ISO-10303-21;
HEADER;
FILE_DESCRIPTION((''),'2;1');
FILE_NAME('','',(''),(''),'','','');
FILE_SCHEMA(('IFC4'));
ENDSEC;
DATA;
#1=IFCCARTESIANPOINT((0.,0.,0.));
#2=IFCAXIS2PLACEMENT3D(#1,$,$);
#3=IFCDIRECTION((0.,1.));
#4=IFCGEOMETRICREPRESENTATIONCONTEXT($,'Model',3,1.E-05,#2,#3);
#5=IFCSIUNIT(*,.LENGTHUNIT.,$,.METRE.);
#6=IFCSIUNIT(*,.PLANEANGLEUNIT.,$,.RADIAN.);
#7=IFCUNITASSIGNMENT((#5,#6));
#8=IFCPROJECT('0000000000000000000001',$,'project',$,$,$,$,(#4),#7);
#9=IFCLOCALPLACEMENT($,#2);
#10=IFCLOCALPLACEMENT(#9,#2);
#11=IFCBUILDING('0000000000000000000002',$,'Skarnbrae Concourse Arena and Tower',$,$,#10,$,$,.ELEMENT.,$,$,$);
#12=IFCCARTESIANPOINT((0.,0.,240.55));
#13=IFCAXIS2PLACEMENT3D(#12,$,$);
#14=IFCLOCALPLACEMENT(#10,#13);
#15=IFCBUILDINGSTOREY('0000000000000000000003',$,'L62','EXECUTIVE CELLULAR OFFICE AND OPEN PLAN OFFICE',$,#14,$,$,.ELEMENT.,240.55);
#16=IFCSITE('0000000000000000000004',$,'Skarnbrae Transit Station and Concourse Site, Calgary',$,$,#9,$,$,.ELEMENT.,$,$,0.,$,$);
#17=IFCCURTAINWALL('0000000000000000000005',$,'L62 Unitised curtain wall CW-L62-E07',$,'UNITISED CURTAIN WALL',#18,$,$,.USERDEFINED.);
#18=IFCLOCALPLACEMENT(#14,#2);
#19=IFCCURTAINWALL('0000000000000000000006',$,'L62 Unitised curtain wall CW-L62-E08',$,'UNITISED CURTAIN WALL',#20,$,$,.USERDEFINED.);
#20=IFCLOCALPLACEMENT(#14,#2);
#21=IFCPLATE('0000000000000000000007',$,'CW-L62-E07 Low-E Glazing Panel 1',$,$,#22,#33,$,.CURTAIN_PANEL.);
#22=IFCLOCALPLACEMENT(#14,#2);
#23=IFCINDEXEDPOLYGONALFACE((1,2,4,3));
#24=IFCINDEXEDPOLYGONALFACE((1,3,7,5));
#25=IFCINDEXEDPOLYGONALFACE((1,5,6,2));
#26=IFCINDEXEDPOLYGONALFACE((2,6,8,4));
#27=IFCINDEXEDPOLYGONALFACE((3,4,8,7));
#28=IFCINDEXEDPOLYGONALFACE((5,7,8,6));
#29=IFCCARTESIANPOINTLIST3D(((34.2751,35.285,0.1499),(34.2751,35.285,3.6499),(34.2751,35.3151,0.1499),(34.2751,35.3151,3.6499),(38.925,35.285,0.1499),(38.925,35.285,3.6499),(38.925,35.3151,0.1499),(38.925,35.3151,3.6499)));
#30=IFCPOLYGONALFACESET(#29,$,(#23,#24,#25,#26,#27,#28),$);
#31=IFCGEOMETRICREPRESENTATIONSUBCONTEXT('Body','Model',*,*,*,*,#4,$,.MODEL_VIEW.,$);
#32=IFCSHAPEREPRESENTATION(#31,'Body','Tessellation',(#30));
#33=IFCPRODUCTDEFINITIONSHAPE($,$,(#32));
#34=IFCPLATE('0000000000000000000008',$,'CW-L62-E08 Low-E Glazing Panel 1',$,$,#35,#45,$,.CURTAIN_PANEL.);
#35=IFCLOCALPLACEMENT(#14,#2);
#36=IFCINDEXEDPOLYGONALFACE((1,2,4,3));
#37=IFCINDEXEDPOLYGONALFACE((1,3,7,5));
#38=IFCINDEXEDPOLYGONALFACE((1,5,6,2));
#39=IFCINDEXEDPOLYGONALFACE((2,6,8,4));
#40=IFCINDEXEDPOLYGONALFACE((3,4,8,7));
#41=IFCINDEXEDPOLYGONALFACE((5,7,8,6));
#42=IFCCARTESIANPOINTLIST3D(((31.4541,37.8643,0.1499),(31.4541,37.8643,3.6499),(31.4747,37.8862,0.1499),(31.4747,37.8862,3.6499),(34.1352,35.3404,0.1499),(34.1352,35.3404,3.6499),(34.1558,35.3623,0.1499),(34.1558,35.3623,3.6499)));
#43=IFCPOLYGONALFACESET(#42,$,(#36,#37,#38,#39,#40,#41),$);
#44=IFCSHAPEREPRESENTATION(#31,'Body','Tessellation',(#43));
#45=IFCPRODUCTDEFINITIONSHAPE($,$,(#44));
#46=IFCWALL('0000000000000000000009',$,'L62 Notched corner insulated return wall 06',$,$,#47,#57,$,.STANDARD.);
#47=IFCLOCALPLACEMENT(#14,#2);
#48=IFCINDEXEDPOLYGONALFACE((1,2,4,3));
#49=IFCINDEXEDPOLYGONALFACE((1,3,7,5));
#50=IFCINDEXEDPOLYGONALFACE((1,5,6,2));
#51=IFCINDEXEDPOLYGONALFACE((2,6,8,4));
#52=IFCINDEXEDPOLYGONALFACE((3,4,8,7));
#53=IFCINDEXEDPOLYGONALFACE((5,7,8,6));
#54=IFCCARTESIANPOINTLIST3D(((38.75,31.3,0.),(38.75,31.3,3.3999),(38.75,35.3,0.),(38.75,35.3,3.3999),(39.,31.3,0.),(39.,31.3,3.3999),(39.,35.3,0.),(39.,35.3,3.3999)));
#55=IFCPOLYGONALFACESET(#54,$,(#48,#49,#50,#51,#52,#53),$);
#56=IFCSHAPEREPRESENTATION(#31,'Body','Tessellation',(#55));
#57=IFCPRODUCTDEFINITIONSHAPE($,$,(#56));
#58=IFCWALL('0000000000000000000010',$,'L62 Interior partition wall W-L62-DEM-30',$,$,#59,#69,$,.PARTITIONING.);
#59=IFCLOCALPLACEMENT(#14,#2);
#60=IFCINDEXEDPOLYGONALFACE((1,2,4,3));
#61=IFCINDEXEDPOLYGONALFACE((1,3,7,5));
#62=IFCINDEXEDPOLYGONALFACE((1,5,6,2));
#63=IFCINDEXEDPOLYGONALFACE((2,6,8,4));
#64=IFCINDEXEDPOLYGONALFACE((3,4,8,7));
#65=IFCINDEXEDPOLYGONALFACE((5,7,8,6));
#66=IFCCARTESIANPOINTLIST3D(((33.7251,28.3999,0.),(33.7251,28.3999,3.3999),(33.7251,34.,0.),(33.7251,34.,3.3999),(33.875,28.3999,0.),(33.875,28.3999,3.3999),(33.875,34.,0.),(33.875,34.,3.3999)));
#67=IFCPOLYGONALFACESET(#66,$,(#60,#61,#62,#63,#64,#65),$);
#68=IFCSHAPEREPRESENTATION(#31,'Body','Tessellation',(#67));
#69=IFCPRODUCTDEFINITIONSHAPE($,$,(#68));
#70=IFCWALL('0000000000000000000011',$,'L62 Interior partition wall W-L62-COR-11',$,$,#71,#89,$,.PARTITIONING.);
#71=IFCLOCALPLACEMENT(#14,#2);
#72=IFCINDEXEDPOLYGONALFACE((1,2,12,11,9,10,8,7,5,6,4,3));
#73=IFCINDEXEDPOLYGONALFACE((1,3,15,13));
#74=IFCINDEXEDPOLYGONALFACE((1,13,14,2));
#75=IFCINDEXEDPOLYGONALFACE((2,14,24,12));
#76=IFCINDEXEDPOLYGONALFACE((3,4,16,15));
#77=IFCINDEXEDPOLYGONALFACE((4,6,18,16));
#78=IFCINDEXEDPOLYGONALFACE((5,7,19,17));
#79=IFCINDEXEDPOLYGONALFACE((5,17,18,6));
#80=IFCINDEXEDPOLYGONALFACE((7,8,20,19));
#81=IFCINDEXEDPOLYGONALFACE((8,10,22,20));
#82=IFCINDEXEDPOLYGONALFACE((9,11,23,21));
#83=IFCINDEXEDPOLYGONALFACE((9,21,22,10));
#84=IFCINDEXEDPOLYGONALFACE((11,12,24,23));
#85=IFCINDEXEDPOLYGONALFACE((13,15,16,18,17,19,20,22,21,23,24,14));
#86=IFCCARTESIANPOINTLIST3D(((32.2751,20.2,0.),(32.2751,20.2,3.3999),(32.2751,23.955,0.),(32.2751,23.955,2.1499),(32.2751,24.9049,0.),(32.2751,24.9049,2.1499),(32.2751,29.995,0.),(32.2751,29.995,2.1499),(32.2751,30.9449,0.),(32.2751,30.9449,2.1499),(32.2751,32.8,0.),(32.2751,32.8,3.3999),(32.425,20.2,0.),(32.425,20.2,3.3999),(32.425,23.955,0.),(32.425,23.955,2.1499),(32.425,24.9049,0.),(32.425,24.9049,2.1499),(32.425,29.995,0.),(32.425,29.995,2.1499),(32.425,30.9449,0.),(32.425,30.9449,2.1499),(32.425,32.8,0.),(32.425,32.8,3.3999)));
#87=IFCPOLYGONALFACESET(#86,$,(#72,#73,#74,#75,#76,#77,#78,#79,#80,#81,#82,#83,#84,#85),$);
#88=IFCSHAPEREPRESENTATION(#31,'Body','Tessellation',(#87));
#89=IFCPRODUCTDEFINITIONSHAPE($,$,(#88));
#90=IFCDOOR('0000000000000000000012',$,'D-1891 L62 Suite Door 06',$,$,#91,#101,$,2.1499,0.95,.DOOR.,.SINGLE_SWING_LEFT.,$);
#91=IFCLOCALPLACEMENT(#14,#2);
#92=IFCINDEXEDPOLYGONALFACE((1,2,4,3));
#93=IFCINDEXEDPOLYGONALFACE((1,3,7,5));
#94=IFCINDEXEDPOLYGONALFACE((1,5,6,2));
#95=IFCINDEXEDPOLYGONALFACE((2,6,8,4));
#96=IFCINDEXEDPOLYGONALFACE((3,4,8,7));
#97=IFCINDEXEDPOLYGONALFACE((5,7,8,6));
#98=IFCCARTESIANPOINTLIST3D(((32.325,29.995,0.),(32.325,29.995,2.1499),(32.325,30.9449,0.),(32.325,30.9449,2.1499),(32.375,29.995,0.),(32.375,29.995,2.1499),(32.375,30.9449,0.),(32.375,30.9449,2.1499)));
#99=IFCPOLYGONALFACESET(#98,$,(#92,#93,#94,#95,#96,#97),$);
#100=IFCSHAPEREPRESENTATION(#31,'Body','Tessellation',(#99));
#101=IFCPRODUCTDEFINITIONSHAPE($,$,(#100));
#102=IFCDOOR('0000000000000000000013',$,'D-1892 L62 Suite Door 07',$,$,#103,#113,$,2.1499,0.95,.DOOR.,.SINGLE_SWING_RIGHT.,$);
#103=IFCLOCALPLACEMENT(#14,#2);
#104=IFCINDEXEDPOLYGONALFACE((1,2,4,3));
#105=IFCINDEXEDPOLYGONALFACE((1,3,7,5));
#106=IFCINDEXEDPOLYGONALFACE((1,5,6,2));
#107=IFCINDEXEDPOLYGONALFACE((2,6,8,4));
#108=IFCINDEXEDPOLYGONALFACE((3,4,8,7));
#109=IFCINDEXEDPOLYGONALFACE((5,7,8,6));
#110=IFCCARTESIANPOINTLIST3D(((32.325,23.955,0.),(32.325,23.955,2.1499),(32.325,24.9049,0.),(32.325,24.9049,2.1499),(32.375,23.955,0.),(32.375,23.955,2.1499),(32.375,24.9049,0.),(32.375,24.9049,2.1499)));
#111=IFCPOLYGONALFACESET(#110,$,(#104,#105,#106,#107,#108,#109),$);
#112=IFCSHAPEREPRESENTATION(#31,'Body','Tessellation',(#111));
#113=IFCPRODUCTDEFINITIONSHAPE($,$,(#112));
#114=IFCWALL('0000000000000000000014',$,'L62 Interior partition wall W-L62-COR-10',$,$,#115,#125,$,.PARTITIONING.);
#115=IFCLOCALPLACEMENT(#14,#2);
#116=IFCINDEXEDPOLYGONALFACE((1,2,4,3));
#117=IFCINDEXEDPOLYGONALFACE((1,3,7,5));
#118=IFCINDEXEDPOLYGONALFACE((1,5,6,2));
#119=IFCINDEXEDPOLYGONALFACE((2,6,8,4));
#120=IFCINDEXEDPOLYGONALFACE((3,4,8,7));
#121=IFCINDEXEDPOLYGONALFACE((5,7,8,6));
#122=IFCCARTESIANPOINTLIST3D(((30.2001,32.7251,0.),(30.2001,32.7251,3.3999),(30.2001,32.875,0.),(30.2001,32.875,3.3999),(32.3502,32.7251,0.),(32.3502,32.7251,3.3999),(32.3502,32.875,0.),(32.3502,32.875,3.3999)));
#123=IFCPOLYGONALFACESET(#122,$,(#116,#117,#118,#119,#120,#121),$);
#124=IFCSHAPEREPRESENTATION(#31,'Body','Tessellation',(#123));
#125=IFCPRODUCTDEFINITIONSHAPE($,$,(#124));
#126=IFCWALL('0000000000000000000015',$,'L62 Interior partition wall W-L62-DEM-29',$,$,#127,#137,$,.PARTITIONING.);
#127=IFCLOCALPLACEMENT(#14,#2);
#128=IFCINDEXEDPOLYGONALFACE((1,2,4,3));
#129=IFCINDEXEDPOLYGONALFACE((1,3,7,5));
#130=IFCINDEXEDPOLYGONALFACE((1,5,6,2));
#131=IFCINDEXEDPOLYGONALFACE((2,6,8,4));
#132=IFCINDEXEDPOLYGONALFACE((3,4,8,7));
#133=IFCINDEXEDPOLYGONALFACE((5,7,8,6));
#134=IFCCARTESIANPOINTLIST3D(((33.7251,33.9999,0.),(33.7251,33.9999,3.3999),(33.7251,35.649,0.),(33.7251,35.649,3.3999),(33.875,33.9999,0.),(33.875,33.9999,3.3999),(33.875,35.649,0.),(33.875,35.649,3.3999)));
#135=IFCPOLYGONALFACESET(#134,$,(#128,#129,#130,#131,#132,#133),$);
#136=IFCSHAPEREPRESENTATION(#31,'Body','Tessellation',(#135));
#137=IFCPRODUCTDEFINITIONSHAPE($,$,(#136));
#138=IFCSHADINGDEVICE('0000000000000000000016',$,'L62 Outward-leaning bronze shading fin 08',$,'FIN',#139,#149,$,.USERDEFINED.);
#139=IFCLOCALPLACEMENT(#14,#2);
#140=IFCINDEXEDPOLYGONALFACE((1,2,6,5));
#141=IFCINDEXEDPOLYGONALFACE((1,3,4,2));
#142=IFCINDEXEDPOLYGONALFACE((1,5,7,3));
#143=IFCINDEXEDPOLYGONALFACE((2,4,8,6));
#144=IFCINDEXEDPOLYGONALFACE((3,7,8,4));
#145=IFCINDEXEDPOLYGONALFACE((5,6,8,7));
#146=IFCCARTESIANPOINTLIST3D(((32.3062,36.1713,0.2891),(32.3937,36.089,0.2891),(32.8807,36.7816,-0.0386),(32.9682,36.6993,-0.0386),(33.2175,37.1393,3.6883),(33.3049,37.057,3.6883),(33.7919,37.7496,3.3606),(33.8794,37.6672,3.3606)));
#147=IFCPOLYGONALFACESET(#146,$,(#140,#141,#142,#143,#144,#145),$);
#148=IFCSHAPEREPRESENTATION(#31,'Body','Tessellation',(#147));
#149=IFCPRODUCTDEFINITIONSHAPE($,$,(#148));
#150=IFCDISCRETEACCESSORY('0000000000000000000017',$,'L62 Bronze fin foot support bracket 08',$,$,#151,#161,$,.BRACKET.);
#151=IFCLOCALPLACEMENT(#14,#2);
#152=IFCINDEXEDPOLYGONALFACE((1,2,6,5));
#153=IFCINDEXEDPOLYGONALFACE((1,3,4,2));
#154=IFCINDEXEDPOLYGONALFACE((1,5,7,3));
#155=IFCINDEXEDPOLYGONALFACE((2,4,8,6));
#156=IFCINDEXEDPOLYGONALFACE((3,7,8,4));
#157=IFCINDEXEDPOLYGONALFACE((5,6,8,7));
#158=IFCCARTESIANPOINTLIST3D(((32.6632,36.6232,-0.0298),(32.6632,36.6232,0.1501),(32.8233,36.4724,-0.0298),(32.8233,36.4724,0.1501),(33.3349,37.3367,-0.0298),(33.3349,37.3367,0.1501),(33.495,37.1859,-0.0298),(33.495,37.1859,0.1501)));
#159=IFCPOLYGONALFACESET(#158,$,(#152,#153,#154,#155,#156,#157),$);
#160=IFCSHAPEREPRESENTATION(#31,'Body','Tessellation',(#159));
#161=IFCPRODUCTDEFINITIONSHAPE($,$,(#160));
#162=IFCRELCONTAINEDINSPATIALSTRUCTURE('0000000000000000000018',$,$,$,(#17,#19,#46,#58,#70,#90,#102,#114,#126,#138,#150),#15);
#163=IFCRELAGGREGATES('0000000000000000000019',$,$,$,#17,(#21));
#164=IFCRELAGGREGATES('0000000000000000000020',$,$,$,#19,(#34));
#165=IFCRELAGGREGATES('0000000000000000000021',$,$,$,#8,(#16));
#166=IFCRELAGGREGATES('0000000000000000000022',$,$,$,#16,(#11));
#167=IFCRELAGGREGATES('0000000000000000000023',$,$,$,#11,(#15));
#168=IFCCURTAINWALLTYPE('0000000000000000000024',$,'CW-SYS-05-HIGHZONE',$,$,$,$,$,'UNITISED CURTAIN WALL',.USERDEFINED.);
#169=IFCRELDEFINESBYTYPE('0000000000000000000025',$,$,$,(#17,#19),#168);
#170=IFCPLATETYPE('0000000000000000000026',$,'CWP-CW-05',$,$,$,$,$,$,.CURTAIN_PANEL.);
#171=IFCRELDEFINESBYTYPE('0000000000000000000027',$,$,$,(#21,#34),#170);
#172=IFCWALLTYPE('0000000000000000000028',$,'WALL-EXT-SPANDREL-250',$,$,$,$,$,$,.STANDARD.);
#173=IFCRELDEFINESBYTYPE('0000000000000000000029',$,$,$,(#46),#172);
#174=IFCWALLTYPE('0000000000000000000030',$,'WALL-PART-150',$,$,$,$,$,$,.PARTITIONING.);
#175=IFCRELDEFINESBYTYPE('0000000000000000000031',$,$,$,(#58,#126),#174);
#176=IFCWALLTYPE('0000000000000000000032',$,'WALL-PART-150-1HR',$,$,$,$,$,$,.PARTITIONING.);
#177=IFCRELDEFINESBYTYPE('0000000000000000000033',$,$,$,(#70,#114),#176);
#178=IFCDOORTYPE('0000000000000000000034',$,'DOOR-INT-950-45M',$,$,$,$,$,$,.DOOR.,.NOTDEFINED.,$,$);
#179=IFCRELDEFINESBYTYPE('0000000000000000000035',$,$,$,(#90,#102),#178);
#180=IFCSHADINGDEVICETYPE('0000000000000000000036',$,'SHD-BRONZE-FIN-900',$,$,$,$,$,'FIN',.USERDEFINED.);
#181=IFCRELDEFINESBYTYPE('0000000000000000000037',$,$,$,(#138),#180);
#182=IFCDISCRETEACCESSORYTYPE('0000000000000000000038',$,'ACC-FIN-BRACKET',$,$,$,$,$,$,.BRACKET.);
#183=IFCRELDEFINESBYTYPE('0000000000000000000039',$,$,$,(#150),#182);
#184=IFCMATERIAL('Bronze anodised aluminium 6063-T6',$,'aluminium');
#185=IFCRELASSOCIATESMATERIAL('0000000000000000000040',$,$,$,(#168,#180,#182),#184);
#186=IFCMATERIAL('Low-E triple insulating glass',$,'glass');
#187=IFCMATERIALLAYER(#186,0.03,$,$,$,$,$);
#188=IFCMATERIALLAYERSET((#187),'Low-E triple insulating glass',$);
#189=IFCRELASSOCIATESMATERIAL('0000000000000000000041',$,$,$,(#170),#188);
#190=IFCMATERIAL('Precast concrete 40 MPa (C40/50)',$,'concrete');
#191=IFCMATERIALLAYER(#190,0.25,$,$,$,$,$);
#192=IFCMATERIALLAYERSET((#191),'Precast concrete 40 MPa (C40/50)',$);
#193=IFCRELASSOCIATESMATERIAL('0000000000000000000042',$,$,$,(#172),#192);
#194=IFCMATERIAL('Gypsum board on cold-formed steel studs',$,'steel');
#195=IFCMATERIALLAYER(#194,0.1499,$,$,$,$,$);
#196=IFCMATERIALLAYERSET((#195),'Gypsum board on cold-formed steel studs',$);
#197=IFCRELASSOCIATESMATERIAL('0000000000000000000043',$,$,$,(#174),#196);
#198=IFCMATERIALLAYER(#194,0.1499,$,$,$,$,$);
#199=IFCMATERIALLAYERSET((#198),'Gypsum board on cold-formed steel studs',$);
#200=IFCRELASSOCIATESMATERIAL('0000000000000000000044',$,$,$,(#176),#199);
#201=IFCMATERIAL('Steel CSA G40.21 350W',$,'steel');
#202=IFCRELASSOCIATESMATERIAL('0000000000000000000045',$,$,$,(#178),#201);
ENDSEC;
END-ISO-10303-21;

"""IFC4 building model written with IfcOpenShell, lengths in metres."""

from ifc_helpers import new_model, si_unit, direction, frame, frame_2d, origin, origin_2d, place, context, subcontext, project, spatial, rectangle, extrude, source, transform, mapped, material, layer, layer_set, type_object, element, fill, aggregate, save


model = new_model("IFC4")

# Units and contexts
model_context = context("Model", 3, precision=1e-05, world=origin(), true_north=direction((0.0, 1.0)))
body_context = subcontext(model_context, "Body", "Model", "MODEL_VIEW")
ifc_project = project(units=[si_unit("LENGTHUNIT", "METRE"), si_unit("PLANEANGLEUNIT", "RADIAN")], contexts=[model_context])

# Site, building, storey
site_placement = place(None, origin())
site = spatial("IfcSite", under=ifc_project, at=site_placement, Name="Skarnbrae Transit Station and Concourse Site, Calgary", CompositionType="ELEMENT", RefElevation=0.0)
building_placement = place(site_placement, origin())
building = spatial("IfcBuilding", under=site, at=building_placement, Name="Skarnbrae Concourse Arena and Tower", CompositionType="ELEMENT")
storey_placement = place(building_placement, frame((0.0, 0.0, 240.55)))
storey = spatial("IfcBuildingStorey", under=building, at=storey_placement, Name="L62", Description="EXECUTIVE CELLULAR OFFICE AND OPEN PLAN OFFICE", CompositionType="ELEMENT", Elevation=240.55)

# Shared definitions
ifc_material_1 = material(Name="Steel CSA G40.21 350W", Category="steel")

# Shared definitions
ifc_material_2 = material(Name="Bronze anodised aluminium 6063-T6", Category="aluminium")
curtain_wall_type = type_object("IfcCurtainWallType", Name="CW-SYS-05-HIGHZONE", ElementType="UNITISED CURTAIN WALL", PredefinedType="USERDEFINED", material=ifc_material_2)

# Curtain walls
curtain_wall_1_placement = place(storey_placement, origin())
curtain_wall_1 = element("IfcCurtainWall", 1, at=curtain_wall_1_placement, inside=storey, type_object=curtain_wall_type, Name="L62 Unitised curtain wall CW-L62-E07", ObjectType="UNITISED CURTAIN WALL", PredefinedType="USERDEFINED")
curtain_wall_2_placement = place(storey_placement, origin())
curtain_wall_2 = element("IfcCurtainWall", 2, at=curtain_wall_2_placement, inside=storey, type_object=curtain_wall_type, Name="L62 Unitised curtain wall CW-L62-E08", ObjectType="UNITISED CURTAIN WALL", PredefinedType="USERDEFINED")

# Plates
ifc_material_3 = material(Name="Low-E triple insulating glass", Category="glass")
ifc_layer_1 = layer(ifc_material_3, 0.03)
ifc_layer_set_1 = layer_set([ifc_layer_1], Name="Low-E triple insulating glass")
plate_type = type_object("IfcPlateType", Name="CWP-CW-05", PredefinedType="CURTAIN_PANEL", material=ifc_layer_set_1)
shared_shape_1 = source(origin(), body_context, "Body", "SweptSolid", [
    extrude(rectangle(XDim=4.6499, YDim=0.03, at=origin_2d()), origin(), (0.0, 0.0, 1.0), 3.5),
])
plate_1_placement = place(storey_placement, frame((36.6001, 35.3, 0.1499), z_axis=(0.0, 0.0, 1.0), x_axis=(-1.0, 0.0, 0.0)))
plate_1 = element("IfcPlate", 3, at=plate_1_placement, type_object=plate_type, Name="CW-L62-E07 Low-E Glazing Panel 1", PredefinedType="CURTAIN_PANEL", context=body_context, shape_type="MappedRepresentation", body=[
    mapped(shared_shape_1, transform((0.0, 0.0, 0.0))),
])
aggregate(curtain_wall_1, [plate_1])
shared_shape_2 = source(origin(), body_context, "Body", "SweptSolid", [
    extrude(rectangle(XDim=3.6821, YDim=0.03, at=origin_2d()), origin(), (0.0, 0.0, 1.0), 3.5),
])
plate_2_placement = place(storey_placement, frame((32.8049, 36.6133, 0.1499), z_axis=(0.0, 0.0, 1.0), x_axis=(-0.728131, 0.685438, 0.0)))
plate_2 = element("IfcPlate", 4, at=plate_2_placement, type_object=plate_type, Name="CW-L62-E08 Low-E Glazing Panel 1", PredefinedType="CURTAIN_PANEL", context=body_context, shape_type="MappedRepresentation", body=[
    mapped(shared_shape_2, transform((0.0, 0.0, 0.0))),
])
aggregate(curtain_wall_2, [plate_2])

# Walls
ifc_material_4 = material(Name="Precast concrete 40 MPa (C40/50)", Category="concrete")
ifc_layer_2 = layer(ifc_material_4, 0.25)
ifc_layer_set_2 = layer_set([ifc_layer_2], Name="Precast concrete 40 MPa (C40/50)")
wall_type_1 = type_object("IfcWallType", Name="WALL-EXT-SPANDREL-250", PredefinedType="STANDARD", material=ifc_layer_set_2)
shared_shape_3 = source(origin(), body_context, "Body", "SweptSolid", [
    extrude(rectangle(XDim=4.0, YDim=0.25, at=frame_2d((2.0, 0.0))), origin(), (0.0, 0.0, 1.0), 3.3999),
])
wall_1_placement = place(storey_placement, frame((38.875, 31.3, 0.0), z_axis=(0.0, 0.0, 1.0), x_axis=(0.0, 1.0, 0.0)))
element("IfcWall", 5, at=wall_1_placement, inside=storey, type_object=wall_type_1, Name="L62 Notched corner insulated return wall 06", PredefinedType="STANDARD", context=body_context, shape_type="MappedRepresentation", body=[
    mapped(shared_shape_3, transform((0.0, 0.0, 0.0))),
])
ifc_material_5 = material(Name="Gypsum board on cold-formed steel studs", Category="steel")
ifc_layer_3 = layer(ifc_material_5, 0.1499)
ifc_layer_set_3 = layer_set([ifc_layer_3], Name="Gypsum board on cold-formed steel studs")
wall_type_2 = type_object("IfcWallType", Name="WALL-PART-150", PredefinedType="PARTITIONING", material=ifc_layer_set_3)
shared_shape_4 = source(origin(), body_context, "Body", "SweptSolid", [
    extrude(rectangle(XDim=5.6001, YDim=0.1499, at=frame_2d((2.8, 0.0))), origin(), (0.0, 0.0, 1.0), 3.3999),
])
wall_2_placement = place(storey_placement, frame((33.8, 34.0, 0.0), z_axis=(0.0, 0.0, 1.0), x_axis=(0.0, -1.0, 0.0)))
element("IfcWall", 6, at=wall_2_placement, inside=storey, type_object=wall_type_2, Name="L62 Interior partition wall W-L62-DEM-30", PredefinedType="PARTITIONING", context=body_context, shape_type="MappedRepresentation", body=[
    mapped(shared_shape_4, transform((0.0, 0.0, 0.0))),
])

# Wall, openings, doors
ifc_layer_4 = layer(ifc_material_5, 0.1499)
ifc_layer_set_4 = layer_set([ifc_layer_4], Name="Gypsum board on cold-formed steel studs")
wall_type_3 = type_object("IfcWallType", Name="WALL-PART-150-1HR", PredefinedType="PARTITIONING", material=ifc_layer_set_4)
shared_shape_5 = source(origin(), body_context, "Body", "SweptSolid", [
    extrude(rectangle(XDim=12.6001, YDim=0.1499, at=frame_2d((6.3, 0.0))), origin(), (0.0, 0.0, 1.0), 3.3999),
])
wall_3_placement = place(storey_placement, frame((32.3501, 32.8, 0.0), z_axis=(0.0, 0.0, 1.0), x_axis=(0.0, -1.0, 0.0)))
wall_3 = element("IfcWall", 7, at=wall_3_placement, inside=storey, type_object=wall_type_3, Name="L62 Interior partition wall W-L62-COR-11", PredefinedType="PARTITIONING", context=body_context, shape_type="MappedRepresentation", body=[
    mapped(shared_shape_5, transform((0.0, 0.0, 0.0))),
])
opening_1_placement = place(wall_3_placement, frame((1.855, 0.0, 0.0)))
opening_1 = element("IfcOpeningElement", 8, at=opening_1_placement, cuts=wall_3, PredefinedType="OPENING", context=body_context, shape_type="SweptSolid", body=[
    extrude(rectangle(XDim=0.95, YDim=2.1499, at=frame_2d((0.4751, 1.075))), frame((0.0, 0.085, 0.0), z_axis=(0.0, -1.0, 0.0), x_axis=(1.0, 0.0, 0.0)), (0.0, 0.0, 1.0), 0.1699),
])
opening_2_placement = place(wall_3_placement, frame((7.895, 0.0, 0.0)))
opening_2 = element("IfcOpeningElement", 9, at=opening_2_placement, cuts=wall_3, PredefinedType="OPENING", context=body_context, shape_type="SweptSolid", body=[
    extrude(rectangle(XDim=0.95, YDim=2.1499, at=frame_2d((0.4751, 1.075))), frame((0.0, 0.085, 0.0), z_axis=(0.0, -1.0, 0.0), x_axis=(1.0, 0.0, 0.0)), (0.0, 0.0, 1.0), 0.1699),
])
door_type = type_object("IfcDoorType", Name="DOOR-INT-950-45M", OperationType="NOTDEFINED", PredefinedType="DOOR", material=ifc_material_1)
shared_shape_6 = source(origin(), body_context, "Body", "SweptSolid", [
    extrude(rectangle(XDim=0.95, YDim=2.1499, at=frame_2d((0.4751, 1.075))), frame((0.0, 0.0249, 0.0), z_axis=(0.0, -1.0, 0.0), x_axis=(1.0, 0.0, 0.0)), (0.0, 0.0, 1.0), 0.05),
])
door_1_placement = place(opening_1_placement, origin())
door_1 = element("IfcDoor", 10, at=door_1_placement, inside=storey, type_object=door_type, Name="D-1891 L62 Suite Door 06", OperationType="SINGLE_SWING_LEFT", OverallHeight=2.1499, OverallWidth=0.95, PredefinedType="DOOR", context=body_context, shape_type="MappedRepresentation", body=[
    mapped(shared_shape_6, transform((0.0, 0.0, 0.0))),
])
fill(opening_1, door_1)
door_2_placement = place(opening_2_placement, origin())
door_2 = element("IfcDoor", 11, at=door_2_placement, inside=storey, type_object=door_type, Name="D-1892 L62 Suite Door 07", OperationType="SINGLE_SWING_RIGHT", OverallHeight=2.1499, OverallWidth=0.95, PredefinedType="DOOR", context=body_context, shape_type="MappedRepresentation", body=[
    mapped(shared_shape_6, transform((0.0, 0.0, 0.0))),
])
fill(opening_2, door_2)

# Walls
shared_shape_7 = source(origin(), body_context, "Body", "SweptSolid", [
    extrude(rectangle(XDim=2.1501, YDim=0.1499, at=frame_2d((1.0752, 0.0))), origin(), (0.0, 0.0, 1.0), 3.3999),
])
wall_4_placement = place(storey_placement, frame((30.2, 32.8, 0.0), z_axis=(0.0, 0.0, 1.0), x_axis=(1.0, 0.0, 0.0)))
element("IfcWall", 12, at=wall_4_placement, inside=storey, type_object=wall_type_3, Name="L62 Interior partition wall W-L62-COR-10", PredefinedType="PARTITIONING", context=body_context, shape_type="MappedRepresentation", body=[
    mapped(shared_shape_7, transform((0.0, 0.0, 0.0))),
])
shared_shape_8 = source(origin(), body_context, "Body", "SweptSolid", [
    extrude(rectangle(XDim=1.6492, YDim=0.1499, at=frame_2d((0.8247, 0.0))), origin(), (0.0, 0.0, 1.0), 3.3999),
])
wall_5_placement = place(storey_placement, frame((33.8, 35.6492, 0.0), z_axis=(0.0, 0.0, 1.0), x_axis=(0.0, -1.0, 0.0)))
element("IfcWall", 13, at=wall_5_placement, inside=storey, type_object=wall_type_2, Name="L62 Interior partition wall W-L62-DEM-29", PredefinedType="PARTITIONING", context=body_context, shape_type="MappedRepresentation", body=[
    mapped(shared_shape_8, transform((0.0, 0.0, 0.0))),
])

# Shading device
shading_device_type = type_object("IfcShadingDeviceType", Name="SHD-BRONZE-FIN-900", ElementType="FIN", PredefinedType="USERDEFINED", material=ifc_material_2)
shared_shape_9 = source(origin(), body_context, "Body", "SweptSolid", [
    extrude(rectangle(XDim=0.1201, YDim=0.8999, at=origin_2d()), origin(), (0.0, 0.0, 1.0), 3.6499),
])
shading_device_placement = place(storey_placement, frame((32.6372, 36.4353, 0.1252), z_axis=(0.249655, 0.265205, 0.93131), x_axis=(0.728132, -0.685437, 0.0)))
element("IfcShadingDevice", 14, at=shading_device_placement, inside=storey, type_object=shading_device_type, Name="L62 Outward-leaning bronze shading fin 08", ObjectType="FIN", PredefinedType="USERDEFINED", context=body_context, shape_type="MappedRepresentation", body=[
    mapped(shared_shape_9, transform((0.0, 0.0, 0.0))),
])

# Discrete accessory
discrete_accessory_type = type_object("IfcDiscreteAccessoryType", Name="ACC-FIN-BRACKET", PredefinedType="BRACKET", material=ifc_material_2)
shared_shape_10 = source(origin(), body_context, "Body", "SweptSolid", [
    extrude(rectangle(XDim=0.22, YDim=0.98, at=origin_2d()), origin(), (0.0, 0.0, 1.0), 0.1799),
])
discrete_accessory_placement = place(storey_placement, frame((33.0791, 36.9045, -0.0298), z_axis=(0.0, 0.0, 1.0), x_axis=(0.728132, -0.685437, 0.0)))
element("IfcDiscreteAccessory", 15, at=discrete_accessory_placement, inside=storey, type_object=discrete_accessory_type, Name="L62 Bronze fin foot support bracket 08", PredefinedType="BRACKET", context=body_context, shape_type="MappedRepresentation", body=[
    mapped(shared_shape_10, transform((0.0, 0.0, 0.0))),
])

save(model, "model.ifc")
